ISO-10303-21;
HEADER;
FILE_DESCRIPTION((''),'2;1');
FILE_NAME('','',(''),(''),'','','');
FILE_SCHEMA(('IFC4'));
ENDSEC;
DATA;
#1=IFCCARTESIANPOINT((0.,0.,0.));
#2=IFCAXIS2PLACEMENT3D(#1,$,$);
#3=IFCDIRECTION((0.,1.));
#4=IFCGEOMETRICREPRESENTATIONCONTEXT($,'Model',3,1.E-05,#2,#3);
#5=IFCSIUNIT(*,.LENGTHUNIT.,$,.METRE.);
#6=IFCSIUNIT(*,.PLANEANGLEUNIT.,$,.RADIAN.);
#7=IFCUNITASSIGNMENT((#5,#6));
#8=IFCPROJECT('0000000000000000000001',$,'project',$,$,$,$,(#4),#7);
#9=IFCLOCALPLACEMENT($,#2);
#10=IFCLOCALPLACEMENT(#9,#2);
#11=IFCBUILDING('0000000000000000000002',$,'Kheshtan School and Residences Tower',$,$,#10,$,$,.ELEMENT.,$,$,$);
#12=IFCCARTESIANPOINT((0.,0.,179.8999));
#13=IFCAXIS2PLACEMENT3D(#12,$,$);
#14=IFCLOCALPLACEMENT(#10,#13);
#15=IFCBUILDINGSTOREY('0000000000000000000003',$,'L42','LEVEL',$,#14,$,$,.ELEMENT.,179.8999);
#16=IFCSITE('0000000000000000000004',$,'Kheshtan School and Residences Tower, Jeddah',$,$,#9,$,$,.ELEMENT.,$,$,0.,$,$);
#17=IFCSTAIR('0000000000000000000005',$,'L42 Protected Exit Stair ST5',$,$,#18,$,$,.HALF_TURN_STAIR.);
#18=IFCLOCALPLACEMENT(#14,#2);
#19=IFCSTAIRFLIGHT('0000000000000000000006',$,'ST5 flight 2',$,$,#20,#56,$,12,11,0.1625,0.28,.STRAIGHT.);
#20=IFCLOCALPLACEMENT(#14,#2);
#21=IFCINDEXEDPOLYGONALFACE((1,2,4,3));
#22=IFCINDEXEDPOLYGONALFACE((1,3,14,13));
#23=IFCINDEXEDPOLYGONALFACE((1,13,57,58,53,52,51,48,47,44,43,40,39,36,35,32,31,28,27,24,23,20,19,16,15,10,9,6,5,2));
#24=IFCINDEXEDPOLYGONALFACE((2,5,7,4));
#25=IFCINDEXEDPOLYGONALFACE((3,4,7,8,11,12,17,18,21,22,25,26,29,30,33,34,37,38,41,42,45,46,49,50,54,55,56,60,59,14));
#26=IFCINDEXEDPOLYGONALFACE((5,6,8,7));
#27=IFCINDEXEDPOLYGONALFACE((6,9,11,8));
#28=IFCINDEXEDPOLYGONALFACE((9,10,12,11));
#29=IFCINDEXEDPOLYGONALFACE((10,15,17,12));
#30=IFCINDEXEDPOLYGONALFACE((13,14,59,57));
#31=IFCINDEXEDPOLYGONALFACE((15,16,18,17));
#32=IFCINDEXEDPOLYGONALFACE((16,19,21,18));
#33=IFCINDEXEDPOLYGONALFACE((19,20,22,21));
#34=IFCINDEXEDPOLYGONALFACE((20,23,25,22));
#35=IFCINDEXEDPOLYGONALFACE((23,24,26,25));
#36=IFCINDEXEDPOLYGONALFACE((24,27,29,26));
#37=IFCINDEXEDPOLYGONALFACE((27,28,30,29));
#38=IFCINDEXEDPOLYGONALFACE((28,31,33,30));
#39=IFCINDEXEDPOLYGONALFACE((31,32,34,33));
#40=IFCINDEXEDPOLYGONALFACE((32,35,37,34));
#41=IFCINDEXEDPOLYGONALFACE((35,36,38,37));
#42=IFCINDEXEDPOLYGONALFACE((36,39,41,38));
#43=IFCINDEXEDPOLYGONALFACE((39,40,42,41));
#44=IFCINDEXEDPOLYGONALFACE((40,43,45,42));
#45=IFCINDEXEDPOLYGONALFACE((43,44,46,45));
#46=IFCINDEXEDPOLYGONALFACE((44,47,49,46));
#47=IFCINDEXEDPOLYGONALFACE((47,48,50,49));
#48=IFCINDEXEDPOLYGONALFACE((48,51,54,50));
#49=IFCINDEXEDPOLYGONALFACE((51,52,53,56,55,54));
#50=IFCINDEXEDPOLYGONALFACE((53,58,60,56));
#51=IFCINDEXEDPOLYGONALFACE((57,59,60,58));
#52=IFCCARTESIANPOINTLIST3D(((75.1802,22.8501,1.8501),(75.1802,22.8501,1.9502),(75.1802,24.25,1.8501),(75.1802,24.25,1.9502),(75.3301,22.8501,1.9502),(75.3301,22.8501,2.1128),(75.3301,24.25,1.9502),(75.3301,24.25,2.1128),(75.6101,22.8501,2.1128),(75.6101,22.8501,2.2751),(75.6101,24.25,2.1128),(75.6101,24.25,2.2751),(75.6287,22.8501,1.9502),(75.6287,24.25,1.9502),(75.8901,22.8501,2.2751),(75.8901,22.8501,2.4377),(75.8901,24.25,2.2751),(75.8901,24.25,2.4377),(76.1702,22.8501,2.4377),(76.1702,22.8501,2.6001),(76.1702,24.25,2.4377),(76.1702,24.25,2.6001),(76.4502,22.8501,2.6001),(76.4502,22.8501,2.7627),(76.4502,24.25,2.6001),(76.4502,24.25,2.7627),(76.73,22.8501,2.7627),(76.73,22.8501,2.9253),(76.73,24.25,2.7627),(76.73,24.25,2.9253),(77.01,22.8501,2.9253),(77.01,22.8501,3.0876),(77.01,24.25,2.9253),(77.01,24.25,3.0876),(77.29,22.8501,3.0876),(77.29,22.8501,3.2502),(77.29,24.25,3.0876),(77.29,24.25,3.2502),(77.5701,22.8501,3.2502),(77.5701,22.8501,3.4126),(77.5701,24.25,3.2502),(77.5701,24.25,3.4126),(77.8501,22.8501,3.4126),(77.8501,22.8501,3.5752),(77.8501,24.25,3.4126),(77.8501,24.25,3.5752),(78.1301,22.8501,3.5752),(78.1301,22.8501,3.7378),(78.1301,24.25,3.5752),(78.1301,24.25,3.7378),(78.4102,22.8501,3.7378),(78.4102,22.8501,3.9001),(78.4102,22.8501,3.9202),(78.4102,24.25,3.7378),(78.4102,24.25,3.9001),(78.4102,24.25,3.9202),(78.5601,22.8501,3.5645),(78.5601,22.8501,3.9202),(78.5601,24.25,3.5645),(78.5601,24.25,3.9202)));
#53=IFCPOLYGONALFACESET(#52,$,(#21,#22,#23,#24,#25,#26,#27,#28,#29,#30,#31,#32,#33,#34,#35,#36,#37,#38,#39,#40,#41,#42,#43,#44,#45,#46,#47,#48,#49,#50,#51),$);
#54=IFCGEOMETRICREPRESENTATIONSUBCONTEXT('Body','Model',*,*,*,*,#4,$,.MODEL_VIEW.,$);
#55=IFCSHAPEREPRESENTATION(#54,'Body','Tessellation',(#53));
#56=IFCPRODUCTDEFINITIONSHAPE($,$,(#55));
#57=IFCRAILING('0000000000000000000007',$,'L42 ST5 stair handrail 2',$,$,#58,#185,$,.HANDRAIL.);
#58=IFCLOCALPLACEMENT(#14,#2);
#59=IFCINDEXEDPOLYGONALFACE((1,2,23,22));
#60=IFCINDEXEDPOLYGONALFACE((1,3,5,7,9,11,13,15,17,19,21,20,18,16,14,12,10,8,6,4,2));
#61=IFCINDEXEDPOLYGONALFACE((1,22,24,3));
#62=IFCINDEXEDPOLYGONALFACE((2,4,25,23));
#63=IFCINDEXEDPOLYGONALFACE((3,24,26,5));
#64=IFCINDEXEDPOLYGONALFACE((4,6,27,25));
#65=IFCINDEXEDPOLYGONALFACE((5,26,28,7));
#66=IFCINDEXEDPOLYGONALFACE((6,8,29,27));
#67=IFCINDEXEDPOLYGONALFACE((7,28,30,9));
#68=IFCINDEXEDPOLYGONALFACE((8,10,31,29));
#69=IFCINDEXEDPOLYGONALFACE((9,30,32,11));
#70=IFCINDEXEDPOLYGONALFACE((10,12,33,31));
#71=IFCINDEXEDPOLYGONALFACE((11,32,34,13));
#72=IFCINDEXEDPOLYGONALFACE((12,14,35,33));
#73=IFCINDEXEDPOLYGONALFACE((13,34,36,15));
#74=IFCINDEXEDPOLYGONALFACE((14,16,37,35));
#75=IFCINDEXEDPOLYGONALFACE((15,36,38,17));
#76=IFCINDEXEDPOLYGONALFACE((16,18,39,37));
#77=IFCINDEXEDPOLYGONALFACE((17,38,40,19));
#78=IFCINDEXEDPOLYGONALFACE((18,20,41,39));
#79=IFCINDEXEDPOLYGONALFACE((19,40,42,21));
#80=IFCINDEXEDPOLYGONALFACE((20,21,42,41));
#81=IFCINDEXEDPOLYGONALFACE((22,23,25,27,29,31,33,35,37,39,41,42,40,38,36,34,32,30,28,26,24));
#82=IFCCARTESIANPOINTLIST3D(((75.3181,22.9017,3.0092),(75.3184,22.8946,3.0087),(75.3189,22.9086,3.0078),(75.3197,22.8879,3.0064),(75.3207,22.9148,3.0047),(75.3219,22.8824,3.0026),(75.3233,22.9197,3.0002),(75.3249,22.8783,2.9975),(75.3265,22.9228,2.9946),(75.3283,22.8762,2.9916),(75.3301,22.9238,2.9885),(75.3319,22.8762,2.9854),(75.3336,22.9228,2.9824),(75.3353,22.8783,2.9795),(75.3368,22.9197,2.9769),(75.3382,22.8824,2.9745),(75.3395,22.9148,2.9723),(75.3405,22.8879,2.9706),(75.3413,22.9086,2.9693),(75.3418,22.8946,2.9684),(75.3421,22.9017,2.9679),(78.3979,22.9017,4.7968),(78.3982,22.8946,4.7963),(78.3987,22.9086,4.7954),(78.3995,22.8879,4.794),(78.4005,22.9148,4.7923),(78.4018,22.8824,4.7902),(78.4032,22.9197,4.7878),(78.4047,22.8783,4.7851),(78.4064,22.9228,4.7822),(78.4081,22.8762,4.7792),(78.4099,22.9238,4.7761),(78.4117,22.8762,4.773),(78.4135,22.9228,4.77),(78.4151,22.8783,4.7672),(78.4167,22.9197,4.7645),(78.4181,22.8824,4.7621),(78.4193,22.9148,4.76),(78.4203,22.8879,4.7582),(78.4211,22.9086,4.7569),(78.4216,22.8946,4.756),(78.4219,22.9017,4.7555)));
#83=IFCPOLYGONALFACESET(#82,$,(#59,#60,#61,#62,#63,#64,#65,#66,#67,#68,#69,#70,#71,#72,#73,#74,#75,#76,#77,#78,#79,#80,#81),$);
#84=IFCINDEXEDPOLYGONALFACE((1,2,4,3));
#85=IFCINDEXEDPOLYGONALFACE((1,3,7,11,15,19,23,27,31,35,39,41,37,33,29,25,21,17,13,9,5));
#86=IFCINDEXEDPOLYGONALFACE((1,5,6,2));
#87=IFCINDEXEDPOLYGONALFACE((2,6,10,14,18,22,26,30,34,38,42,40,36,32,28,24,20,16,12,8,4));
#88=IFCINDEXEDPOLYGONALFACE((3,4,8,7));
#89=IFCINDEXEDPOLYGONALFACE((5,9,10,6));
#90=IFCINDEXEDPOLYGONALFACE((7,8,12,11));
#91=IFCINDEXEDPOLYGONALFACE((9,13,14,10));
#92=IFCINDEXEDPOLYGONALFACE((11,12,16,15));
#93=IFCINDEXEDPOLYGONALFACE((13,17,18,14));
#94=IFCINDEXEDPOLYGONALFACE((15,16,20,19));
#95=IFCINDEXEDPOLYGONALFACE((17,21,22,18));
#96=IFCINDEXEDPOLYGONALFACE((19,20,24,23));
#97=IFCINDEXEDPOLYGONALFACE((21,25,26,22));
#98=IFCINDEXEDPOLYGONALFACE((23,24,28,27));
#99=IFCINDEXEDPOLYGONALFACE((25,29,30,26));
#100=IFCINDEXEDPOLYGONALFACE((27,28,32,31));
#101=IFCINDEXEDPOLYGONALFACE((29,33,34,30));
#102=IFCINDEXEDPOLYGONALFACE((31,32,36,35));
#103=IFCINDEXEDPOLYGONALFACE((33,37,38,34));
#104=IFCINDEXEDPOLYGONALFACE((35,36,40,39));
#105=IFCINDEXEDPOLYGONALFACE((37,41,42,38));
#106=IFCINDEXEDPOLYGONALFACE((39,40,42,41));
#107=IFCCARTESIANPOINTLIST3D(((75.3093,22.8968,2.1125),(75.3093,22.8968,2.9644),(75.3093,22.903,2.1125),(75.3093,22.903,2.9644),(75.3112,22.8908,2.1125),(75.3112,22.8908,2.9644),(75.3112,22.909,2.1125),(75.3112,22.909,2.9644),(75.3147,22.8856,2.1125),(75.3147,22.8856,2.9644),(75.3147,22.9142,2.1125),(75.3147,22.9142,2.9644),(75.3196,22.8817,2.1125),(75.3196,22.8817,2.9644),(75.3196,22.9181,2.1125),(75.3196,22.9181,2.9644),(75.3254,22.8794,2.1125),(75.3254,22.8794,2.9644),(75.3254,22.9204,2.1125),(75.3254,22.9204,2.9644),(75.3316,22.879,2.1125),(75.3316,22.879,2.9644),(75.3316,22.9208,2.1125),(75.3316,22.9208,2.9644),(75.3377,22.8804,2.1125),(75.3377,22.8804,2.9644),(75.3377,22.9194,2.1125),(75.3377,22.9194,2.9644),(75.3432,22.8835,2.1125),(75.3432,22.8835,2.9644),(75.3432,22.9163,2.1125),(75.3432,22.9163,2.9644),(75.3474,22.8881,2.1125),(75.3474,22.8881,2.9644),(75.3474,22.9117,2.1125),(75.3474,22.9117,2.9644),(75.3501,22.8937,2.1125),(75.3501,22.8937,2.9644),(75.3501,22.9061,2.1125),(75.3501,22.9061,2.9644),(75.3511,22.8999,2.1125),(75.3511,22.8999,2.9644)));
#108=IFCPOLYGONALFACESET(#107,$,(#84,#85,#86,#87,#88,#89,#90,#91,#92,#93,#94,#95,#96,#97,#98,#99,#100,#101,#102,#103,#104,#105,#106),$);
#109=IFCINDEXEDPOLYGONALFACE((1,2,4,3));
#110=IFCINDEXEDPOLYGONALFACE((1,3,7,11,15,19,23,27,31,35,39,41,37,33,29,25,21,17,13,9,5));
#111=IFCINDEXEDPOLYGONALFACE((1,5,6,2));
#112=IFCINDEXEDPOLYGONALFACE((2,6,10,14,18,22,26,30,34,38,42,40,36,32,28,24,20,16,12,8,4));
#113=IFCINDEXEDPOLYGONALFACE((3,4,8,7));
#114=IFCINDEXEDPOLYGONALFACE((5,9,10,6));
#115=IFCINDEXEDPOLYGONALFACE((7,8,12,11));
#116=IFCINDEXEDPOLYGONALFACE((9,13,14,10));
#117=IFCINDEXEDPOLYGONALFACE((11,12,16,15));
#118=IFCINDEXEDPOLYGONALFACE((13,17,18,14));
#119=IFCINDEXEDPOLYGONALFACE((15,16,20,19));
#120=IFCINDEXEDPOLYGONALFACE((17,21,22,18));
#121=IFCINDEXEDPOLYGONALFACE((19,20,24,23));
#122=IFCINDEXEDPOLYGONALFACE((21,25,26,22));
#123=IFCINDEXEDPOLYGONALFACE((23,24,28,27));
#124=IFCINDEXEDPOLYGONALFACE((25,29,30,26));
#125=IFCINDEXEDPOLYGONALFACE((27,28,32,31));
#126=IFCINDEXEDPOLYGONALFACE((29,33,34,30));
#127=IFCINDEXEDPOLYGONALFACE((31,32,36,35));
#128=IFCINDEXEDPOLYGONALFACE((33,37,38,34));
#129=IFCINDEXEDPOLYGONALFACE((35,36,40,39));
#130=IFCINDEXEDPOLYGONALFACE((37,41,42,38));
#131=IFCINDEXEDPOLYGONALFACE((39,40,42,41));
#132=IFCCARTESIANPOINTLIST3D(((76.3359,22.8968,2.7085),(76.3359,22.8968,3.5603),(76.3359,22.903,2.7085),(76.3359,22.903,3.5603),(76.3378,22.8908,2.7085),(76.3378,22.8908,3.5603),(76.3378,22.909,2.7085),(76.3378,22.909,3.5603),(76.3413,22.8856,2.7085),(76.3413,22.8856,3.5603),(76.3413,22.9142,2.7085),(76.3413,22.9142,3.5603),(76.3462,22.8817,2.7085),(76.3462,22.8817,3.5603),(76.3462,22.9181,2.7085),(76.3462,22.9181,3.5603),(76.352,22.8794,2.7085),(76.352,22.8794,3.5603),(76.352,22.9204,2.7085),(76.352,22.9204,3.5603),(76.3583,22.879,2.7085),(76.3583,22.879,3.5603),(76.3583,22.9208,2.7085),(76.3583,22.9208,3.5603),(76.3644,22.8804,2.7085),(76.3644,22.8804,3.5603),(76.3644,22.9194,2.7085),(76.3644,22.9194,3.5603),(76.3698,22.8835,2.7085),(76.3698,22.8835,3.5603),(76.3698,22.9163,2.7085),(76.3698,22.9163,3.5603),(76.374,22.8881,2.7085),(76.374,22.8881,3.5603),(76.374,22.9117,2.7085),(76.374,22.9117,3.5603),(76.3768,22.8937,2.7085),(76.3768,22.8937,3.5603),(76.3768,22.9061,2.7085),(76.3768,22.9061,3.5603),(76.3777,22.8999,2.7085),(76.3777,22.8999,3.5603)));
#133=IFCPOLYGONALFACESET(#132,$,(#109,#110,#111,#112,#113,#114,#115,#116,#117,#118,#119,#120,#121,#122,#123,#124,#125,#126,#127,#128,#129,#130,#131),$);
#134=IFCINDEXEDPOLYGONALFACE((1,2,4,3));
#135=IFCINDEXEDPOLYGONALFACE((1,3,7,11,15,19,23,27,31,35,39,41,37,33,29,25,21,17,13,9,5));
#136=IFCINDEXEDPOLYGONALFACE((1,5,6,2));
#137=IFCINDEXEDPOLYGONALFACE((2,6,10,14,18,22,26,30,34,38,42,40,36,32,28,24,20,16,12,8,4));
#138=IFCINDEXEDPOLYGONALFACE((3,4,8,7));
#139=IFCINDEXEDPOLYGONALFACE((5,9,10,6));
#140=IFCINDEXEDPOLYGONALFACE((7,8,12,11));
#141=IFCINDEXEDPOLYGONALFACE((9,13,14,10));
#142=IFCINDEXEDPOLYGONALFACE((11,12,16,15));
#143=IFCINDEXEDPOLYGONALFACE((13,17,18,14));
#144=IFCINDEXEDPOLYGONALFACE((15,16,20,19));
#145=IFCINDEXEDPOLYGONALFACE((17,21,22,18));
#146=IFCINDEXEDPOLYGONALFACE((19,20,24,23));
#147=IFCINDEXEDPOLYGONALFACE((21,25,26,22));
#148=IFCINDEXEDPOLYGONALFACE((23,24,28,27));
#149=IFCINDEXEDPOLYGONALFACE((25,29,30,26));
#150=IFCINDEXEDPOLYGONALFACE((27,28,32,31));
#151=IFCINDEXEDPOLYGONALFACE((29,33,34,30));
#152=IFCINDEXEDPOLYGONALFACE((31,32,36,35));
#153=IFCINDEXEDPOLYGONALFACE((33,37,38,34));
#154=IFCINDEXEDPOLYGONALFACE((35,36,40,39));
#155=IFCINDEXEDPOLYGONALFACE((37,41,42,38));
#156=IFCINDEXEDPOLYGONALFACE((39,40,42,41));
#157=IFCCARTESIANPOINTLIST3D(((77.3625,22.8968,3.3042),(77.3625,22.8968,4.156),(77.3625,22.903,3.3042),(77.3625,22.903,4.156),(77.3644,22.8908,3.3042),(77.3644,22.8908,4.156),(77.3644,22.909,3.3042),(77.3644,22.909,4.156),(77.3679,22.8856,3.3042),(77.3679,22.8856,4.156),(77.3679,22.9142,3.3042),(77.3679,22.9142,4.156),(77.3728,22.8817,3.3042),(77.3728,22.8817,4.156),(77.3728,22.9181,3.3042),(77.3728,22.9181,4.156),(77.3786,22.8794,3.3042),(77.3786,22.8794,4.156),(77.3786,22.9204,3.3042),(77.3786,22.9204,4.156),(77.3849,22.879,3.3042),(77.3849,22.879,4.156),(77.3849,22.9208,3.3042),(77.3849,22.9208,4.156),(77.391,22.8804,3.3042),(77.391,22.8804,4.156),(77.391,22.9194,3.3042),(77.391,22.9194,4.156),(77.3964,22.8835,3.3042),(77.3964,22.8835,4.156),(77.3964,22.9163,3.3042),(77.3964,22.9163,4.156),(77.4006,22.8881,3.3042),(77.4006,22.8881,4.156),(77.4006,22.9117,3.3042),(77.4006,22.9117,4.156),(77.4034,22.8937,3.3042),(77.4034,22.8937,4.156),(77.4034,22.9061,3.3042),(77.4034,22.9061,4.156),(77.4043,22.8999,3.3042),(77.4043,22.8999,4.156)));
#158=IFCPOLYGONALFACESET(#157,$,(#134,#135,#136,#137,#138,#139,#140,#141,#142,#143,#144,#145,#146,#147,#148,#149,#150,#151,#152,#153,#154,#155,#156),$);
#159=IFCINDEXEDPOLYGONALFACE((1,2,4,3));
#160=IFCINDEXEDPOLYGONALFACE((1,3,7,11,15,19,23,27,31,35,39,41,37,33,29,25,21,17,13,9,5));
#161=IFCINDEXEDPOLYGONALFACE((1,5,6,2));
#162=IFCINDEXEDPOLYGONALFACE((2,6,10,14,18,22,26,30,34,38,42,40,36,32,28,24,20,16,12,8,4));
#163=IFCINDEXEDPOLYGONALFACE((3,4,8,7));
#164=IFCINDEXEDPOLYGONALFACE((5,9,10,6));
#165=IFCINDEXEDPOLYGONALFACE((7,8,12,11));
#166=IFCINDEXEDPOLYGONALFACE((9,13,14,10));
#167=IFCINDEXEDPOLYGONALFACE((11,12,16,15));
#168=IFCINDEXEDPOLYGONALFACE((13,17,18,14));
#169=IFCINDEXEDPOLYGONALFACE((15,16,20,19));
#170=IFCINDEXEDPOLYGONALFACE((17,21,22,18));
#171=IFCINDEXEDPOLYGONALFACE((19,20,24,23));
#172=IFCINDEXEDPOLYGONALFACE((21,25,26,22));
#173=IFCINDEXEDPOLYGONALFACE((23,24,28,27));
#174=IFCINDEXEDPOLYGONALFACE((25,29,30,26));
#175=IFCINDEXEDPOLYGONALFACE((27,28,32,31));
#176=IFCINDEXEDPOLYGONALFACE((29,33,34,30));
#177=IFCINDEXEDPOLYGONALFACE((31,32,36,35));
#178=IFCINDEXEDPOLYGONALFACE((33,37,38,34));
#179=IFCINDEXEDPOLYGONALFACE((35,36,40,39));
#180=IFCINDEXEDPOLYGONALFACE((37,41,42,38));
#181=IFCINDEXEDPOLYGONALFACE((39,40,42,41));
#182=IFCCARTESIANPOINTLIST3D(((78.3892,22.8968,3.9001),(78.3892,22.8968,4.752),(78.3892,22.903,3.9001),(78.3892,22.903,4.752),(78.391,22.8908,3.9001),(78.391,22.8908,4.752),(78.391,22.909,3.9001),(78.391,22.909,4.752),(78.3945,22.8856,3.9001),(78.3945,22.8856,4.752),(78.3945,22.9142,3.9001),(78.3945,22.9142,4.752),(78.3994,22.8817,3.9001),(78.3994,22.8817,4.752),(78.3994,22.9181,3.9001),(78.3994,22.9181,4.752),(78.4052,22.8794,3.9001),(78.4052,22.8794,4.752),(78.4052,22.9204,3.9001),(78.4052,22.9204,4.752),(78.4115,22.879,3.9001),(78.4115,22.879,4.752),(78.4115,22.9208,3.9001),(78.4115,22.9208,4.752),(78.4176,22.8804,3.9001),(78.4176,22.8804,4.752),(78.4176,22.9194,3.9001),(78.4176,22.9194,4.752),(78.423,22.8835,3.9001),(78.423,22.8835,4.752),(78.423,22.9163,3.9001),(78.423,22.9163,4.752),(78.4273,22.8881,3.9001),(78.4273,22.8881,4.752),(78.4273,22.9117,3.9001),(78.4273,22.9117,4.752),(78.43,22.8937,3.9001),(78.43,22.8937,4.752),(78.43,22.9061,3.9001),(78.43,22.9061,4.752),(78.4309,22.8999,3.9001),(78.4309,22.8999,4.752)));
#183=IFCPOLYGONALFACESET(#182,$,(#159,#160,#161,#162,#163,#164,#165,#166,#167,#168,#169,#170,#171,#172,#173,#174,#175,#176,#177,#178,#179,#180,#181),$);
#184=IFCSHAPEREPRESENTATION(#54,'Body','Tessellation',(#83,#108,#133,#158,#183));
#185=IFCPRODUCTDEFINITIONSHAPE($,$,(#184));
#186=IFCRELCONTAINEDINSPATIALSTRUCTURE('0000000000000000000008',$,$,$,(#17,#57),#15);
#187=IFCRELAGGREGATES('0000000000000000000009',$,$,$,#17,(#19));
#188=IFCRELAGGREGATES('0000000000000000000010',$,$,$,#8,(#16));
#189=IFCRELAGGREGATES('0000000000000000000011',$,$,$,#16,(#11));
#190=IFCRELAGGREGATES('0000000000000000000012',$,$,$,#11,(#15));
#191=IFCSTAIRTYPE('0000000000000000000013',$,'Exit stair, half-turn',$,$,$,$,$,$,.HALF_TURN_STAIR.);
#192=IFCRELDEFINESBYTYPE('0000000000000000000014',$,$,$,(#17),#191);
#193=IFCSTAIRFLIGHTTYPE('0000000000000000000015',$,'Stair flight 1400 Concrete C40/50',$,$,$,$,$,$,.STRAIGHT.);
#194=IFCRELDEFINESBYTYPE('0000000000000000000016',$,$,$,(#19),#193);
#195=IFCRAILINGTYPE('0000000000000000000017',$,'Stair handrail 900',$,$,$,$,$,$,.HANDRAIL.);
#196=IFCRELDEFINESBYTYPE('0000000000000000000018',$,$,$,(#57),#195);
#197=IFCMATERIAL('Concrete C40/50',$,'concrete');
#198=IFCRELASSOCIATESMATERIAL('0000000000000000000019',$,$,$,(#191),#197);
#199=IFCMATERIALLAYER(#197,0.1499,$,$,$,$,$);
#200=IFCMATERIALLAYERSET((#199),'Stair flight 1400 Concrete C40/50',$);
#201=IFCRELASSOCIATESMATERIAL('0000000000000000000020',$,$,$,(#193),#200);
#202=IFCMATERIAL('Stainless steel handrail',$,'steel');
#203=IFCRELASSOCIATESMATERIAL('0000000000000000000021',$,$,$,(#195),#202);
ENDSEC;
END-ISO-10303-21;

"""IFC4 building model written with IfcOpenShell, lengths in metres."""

from ifc_helpers import new_model, si_unit, direction, frame, origin, origin_2d, place, context, subcontext, project, spatial, polyline, circle, outline, extrude, material, layer, layer_set, type_object, element, aggregate, save


model = new_model("IFC4")

# Units and contexts
model_context = context("Model", 3, precision=1e-05, world=origin(), true_north=direction((0.0, 1.0)))
body_context = subcontext(model_context, "Body", "Model", "MODEL_VIEW")
ifc_project = project(units=[si_unit("LENGTHUNIT", "METRE"), si_unit("PLANEANGLEUNIT", "RADIAN")], contexts=[model_context])

# Site, building, storey
site_placement = place(None, origin())
site = spatial("IfcSite", under=ifc_project, at=site_placement, Name="Kheshtan School and Residences Tower, Jeddah", CompositionType="ELEMENT", RefElevation=0.0)
building_placement = place(site_placement, origin())
building = spatial("IfcBuilding", under=site, at=building_placement, Name="Kheshtan School and Residences Tower", CompositionType="ELEMENT")
storey_placement = place(building_placement, frame((0.0, 0.0, 179.8999)))
storey = spatial("IfcBuildingStorey", under=building, at=storey_placement, Name="L42", Description="LEVEL", CompositionType="ELEMENT", Elevation=179.8999)

# Shared definitions
ifc_material_1 = material(Name="Concrete C40/50", Category="concrete")

# Stair, stair flight
stair_type = type_object("IfcStairType", Name="Exit stair, half-turn", PredefinedType="HALF_TURN_STAIR", material=ifc_material_1)
stair_placement = place(storey_placement, origin())
stair = element("IfcStair", 1, at=stair_placement, inside=storey, type_object=stair_type, Name="L42 Protected Exit Stair ST5", PredefinedType="HALF_TURN_STAIR")
ifc_layer_1 = layer(ifc_material_1, 0.1499)
ifc_layer_set_1 = layer_set([ifc_layer_1], Name="Stair flight 1400 Concrete C40/50")
stair_flight_type = type_object("IfcStairFlightType", Name="Stair flight 1400 Concrete C40/50", PredefinedType="STRAIGHT", material=ifc_layer_set_1)
stair_flight_placement = place(storey_placement, frame((75.3301, 23.55, 1.9502), z_axis=(0.0, 0.0, 1.0), x_axis=(1.0, 0.0, 0.0)))
stair_flight = element("IfcStairFlight", 2, at=stair_flight_placement, type_object=stair_flight_type, Name="ST5 flight 2", NumberOfRisers=12, NumberOfTreads=11, PredefinedType="STRAIGHT", RiserHeight=0.1625, TreadLength=0.28, context=body_context, shape_type="SweptSolid", body=[
    extrude(outline(polyline([(-0.1499, -0.1001), (-0.1499, 0.0), (0.0, 0.0), (0.0, 0.1626), (0.28, 0.1626), (0.28, 0.325), (0.5601, 0.325), (0.5601, 0.4875), (0.8401, 0.4875), (0.8401, 0.6499), (1.1201, 0.6499), (1.1201, 0.8125), (1.3999, 0.8125), (1.3999, 0.9751), (1.6799, 0.9751), (1.6799, 1.1375), (1.96, 1.1375), (1.96, 1.3), (2.24, 1.3), (2.24, 1.4624), (2.52, 1.4624), (2.52, 1.625), (2.8, 1.625), (2.8, 1.7876), (3.0801, 1.7876), (3.0801, 1.95), (3.0801, 1.97), (3.23, 1.97), (3.23, 1.6143), (0.2986, 0.0), (-0.1499, -0.1001)])), frame((0.0, 0.7, 0.0), z_axis=(0.0, -1.0, 0.0), x_axis=(1.0, 0.0, 0.0)), (0.0, 0.0, 1.0), 1.3999),
])
aggregate(stair, [stair_flight])

# Railing
ifc_material_2 = material(Name="Stainless steel handrail", Category="steel")
railing_type = type_object("IfcRailingType", Name="Stair handrail 900", PredefinedType="HANDRAIL", material=ifc_material_2)
railing_placement = place(storey_placement, frame((75.3301, 22.8999, 2.1125)))
element("IfcRailing", 3, at=railing_placement, inside=storey, type_object=railing_type, Name="L42 ST5 stair handrail 2", PredefinedType="HANDRAIL", context=body_context, shape_type="SweptSolid", body=[
    extrude(circle(Radius=0.0239, at=origin_2d()), frame((0.0, 0.0, 0.876), z_axis=(0.864873, 0.0, 0.50199), x_axis=(0.0, 1.0, 0.0)), (0.0, 0.0, 1.0), 3.561),
    extrude(circle(Radius=0.021, at=origin_2d()), origin(), (0.0, 0.0, 1.0), 0.8518),
    extrude(circle(Radius=0.021, at=origin_2d()), frame((1.0266, 0.0, 0.5959)), (0.0, 0.0, 1.0), 0.8518),
    extrude(circle(Radius=0.021, at=origin_2d()), frame((2.0532, 0.0, 1.1917)), (0.0, 0.0, 1.0), 0.8518),
    extrude(circle(Radius=0.021, at=origin_2d()), frame((3.0798, 0.0, 1.7876)), (0.0, 0.0, 1.0), 0.8518),
])

save(model, "model.ifc")
